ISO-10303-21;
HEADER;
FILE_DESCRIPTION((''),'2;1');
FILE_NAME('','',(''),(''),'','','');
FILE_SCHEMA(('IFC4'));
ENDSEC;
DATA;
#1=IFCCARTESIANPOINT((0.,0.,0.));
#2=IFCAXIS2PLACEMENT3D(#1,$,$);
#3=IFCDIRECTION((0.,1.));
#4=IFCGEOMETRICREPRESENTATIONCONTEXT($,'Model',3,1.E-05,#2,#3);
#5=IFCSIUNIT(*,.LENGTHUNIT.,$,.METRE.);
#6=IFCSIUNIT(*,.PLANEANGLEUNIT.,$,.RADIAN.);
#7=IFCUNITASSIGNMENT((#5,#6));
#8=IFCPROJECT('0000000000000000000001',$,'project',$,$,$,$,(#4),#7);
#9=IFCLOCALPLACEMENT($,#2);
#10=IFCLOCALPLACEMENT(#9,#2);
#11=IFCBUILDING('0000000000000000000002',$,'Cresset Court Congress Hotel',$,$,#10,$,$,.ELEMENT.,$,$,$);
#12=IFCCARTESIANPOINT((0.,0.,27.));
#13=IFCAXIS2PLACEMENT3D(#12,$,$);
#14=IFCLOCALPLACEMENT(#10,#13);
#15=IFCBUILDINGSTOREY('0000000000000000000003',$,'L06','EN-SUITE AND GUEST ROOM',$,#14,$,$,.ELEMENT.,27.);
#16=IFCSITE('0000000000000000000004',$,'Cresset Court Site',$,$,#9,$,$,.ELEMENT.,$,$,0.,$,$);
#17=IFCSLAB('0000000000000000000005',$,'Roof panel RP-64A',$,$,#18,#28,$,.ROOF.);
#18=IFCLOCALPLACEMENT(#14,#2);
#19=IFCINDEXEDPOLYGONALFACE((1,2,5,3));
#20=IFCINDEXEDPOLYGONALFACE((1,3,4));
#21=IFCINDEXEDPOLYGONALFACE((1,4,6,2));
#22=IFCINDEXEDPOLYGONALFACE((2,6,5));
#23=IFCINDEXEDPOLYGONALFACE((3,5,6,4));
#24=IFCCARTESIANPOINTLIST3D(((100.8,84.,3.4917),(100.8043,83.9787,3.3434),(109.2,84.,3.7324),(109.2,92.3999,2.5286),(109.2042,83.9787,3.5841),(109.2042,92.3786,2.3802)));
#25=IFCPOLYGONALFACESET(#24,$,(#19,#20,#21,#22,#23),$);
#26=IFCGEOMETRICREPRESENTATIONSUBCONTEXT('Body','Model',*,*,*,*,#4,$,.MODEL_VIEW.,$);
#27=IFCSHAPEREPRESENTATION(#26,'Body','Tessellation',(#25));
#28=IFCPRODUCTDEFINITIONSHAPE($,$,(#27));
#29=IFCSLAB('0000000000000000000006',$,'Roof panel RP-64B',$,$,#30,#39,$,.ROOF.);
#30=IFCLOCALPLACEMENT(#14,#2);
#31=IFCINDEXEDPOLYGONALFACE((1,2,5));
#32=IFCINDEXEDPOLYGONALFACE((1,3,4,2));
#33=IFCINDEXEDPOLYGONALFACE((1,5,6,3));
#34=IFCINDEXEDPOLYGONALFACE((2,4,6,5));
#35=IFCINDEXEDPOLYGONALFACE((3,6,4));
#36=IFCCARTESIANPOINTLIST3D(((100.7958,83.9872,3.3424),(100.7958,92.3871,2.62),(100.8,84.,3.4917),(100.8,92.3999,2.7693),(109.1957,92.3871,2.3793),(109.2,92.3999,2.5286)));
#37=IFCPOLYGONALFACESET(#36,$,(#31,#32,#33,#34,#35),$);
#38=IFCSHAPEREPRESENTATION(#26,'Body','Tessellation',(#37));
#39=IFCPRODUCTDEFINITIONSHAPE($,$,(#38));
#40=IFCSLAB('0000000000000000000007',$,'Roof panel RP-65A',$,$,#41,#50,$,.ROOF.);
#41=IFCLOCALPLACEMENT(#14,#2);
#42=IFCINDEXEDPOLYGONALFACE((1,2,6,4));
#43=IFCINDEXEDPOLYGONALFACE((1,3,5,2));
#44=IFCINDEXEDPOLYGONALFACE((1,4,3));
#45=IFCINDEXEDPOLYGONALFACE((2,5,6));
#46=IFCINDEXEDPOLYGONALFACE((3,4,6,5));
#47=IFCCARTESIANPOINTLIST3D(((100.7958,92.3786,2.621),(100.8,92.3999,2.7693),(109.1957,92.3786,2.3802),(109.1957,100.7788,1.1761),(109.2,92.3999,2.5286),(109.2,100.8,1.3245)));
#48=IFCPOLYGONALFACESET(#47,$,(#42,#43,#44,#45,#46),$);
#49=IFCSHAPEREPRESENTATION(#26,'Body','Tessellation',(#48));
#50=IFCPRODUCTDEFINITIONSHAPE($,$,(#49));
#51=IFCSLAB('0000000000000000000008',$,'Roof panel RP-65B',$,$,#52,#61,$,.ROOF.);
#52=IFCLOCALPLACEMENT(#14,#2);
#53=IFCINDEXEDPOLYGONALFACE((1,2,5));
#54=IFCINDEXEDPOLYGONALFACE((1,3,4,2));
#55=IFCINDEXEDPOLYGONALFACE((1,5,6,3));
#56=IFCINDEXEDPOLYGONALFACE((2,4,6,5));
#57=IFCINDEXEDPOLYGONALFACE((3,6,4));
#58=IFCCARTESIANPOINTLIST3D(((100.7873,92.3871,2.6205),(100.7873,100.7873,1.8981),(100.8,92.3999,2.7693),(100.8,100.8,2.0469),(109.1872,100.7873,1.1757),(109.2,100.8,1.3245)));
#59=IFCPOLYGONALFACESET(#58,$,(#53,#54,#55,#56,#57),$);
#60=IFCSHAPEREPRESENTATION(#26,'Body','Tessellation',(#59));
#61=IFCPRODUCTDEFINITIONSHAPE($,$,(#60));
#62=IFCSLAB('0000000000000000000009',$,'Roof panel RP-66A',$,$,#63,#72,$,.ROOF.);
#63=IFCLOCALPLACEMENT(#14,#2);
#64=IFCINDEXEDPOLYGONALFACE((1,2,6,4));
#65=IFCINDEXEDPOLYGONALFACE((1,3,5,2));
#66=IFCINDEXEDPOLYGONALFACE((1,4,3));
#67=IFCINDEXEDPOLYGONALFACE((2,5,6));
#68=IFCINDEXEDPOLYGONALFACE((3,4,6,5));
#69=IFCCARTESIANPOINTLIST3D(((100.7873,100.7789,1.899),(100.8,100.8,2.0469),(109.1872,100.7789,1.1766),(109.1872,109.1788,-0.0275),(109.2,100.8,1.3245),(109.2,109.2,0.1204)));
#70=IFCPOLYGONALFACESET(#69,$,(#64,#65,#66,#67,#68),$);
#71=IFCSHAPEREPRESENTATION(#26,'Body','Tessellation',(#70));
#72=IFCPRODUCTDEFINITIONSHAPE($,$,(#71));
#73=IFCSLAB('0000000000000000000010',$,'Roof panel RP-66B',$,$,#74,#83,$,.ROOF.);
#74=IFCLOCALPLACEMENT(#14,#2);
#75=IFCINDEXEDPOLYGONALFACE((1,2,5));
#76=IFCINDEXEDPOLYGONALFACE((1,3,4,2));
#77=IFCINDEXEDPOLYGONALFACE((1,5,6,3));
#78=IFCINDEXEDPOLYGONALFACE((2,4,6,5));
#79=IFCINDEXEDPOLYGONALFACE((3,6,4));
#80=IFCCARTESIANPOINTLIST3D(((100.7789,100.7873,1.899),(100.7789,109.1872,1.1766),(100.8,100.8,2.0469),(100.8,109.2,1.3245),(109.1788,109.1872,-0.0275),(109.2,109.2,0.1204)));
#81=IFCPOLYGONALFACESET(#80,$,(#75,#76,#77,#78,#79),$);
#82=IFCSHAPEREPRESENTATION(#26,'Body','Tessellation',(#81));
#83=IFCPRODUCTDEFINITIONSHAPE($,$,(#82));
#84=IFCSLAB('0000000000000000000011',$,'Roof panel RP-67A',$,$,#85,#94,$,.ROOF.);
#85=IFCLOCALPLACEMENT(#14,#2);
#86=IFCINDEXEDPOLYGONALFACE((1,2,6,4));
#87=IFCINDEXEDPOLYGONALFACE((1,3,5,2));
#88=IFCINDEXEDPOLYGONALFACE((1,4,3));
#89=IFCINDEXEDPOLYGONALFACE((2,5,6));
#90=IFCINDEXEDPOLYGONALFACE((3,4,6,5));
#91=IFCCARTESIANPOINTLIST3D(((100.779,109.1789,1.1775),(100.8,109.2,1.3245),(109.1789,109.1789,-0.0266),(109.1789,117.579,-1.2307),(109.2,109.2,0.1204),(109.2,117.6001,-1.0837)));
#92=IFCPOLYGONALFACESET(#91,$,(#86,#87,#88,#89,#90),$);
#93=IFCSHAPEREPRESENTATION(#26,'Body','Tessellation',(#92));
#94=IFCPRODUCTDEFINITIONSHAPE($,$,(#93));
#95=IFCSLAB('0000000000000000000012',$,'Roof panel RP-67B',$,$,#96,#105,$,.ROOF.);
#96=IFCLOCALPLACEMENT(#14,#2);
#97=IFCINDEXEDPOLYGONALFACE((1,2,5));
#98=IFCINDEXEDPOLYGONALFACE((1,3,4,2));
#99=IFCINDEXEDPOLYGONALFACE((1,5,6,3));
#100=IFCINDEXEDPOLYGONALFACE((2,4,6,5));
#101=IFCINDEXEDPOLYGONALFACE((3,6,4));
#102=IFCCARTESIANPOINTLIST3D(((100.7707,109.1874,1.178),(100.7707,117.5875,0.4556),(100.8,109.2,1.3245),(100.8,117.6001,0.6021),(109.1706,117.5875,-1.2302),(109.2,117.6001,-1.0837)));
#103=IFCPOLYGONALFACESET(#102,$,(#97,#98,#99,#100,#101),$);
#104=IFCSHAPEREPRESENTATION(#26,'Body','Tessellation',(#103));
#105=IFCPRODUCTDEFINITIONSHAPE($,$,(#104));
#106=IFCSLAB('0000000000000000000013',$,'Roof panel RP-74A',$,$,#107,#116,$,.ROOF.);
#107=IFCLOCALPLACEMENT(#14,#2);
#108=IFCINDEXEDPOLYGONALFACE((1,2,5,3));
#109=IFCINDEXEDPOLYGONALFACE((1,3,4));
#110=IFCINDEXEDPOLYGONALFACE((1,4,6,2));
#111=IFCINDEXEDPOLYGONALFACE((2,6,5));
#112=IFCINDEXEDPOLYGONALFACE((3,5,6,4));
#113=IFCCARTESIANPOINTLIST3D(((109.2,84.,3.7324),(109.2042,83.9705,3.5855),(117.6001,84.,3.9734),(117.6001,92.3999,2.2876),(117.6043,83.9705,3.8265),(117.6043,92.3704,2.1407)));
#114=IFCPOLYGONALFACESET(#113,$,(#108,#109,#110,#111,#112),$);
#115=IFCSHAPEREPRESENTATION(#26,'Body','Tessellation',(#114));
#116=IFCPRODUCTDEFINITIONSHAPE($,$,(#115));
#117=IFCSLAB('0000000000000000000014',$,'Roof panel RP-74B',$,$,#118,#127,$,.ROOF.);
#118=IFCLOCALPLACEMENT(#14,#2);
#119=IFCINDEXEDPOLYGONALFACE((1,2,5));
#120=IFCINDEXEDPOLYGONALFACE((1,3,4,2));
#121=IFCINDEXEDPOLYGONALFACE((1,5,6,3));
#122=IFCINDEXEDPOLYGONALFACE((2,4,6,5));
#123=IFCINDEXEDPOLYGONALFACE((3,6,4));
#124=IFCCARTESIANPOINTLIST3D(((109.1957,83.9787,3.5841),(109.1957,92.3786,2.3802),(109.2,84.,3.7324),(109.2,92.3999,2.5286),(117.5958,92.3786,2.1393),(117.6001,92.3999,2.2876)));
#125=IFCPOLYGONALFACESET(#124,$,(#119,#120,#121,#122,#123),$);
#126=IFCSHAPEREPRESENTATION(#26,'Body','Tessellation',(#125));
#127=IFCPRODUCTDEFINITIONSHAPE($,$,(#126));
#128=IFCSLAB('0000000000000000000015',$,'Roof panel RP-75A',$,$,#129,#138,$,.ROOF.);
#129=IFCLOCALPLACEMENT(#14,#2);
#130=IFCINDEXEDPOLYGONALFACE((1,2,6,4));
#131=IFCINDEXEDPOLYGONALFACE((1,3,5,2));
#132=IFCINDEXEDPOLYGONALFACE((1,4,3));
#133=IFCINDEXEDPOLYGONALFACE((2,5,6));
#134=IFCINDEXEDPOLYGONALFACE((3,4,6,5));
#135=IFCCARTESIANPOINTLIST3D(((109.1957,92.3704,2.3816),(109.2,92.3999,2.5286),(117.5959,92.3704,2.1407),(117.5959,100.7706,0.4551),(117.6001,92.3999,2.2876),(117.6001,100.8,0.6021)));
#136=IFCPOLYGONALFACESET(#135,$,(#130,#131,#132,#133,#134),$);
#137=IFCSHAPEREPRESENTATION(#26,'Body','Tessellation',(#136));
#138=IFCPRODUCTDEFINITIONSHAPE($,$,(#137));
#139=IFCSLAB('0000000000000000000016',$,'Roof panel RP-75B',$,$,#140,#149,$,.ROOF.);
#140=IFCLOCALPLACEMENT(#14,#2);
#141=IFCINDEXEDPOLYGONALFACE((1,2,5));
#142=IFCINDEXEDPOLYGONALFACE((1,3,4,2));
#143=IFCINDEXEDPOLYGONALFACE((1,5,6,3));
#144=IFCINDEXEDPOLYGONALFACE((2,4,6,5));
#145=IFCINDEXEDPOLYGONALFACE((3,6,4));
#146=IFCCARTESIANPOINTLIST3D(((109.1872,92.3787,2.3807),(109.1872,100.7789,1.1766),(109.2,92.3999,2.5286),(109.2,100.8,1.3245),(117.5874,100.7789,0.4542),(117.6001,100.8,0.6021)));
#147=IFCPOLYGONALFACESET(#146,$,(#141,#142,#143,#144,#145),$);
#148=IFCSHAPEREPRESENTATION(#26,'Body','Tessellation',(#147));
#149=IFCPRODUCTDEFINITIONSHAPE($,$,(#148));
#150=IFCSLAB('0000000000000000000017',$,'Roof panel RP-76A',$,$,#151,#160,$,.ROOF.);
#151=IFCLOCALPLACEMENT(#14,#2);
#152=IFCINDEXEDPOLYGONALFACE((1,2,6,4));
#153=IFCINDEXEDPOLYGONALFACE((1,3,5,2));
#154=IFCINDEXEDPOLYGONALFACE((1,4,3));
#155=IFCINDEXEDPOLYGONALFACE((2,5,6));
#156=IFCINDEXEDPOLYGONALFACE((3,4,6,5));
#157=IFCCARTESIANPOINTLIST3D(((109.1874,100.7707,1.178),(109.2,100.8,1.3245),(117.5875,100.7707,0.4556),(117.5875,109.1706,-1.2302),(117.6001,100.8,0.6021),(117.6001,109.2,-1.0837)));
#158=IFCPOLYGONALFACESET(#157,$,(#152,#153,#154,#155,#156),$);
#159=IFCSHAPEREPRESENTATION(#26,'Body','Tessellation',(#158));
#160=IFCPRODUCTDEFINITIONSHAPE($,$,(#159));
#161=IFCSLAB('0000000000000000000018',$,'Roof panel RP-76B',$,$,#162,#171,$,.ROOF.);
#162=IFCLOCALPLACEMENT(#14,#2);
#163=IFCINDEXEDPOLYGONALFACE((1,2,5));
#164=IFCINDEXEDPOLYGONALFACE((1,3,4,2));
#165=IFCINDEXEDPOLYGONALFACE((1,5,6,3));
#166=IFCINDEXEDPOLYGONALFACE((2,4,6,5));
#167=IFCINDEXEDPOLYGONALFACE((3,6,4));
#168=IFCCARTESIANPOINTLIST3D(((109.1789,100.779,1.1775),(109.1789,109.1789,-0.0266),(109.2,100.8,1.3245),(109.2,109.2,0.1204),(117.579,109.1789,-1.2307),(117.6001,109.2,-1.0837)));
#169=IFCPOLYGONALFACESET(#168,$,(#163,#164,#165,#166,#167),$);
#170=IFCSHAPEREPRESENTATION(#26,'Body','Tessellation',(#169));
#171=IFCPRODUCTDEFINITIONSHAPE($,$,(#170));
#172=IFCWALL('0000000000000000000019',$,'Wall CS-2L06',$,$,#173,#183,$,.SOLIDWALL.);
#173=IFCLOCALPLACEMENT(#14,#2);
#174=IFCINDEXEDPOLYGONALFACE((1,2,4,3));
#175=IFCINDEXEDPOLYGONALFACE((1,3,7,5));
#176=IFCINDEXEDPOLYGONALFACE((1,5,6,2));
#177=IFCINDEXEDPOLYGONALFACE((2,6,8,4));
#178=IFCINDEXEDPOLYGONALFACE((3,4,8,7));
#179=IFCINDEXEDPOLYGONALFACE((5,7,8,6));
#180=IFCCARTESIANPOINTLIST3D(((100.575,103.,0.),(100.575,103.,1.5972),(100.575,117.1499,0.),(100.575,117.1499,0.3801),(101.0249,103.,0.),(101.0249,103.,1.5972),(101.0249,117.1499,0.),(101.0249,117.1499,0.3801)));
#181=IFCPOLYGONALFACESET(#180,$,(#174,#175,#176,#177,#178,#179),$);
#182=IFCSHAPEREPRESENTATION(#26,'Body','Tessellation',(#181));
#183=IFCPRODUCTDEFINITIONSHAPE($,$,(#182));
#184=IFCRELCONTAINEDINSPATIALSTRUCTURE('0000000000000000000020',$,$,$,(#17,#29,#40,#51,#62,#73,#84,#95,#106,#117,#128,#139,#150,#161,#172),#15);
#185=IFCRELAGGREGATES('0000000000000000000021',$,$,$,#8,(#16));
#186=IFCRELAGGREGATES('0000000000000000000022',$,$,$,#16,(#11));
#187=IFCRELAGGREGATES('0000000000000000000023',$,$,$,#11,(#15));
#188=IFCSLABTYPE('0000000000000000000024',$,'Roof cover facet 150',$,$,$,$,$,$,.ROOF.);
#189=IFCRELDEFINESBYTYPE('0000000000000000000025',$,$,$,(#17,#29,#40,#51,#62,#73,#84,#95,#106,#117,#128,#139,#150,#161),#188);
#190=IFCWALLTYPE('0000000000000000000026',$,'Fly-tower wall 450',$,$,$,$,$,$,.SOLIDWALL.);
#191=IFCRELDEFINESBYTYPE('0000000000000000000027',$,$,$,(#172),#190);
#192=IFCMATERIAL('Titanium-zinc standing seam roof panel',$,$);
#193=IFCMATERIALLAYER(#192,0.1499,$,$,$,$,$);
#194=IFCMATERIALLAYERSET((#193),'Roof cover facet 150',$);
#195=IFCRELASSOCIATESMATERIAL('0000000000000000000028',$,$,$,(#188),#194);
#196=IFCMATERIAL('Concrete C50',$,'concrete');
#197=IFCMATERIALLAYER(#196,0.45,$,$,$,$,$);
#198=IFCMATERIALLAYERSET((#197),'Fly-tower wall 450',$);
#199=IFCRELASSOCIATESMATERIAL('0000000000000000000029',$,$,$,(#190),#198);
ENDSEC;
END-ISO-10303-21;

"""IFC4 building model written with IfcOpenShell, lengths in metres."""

from ifc_helpers import new_model, si_unit, direction, frame, origin, place, context, subcontext, project, spatial, polyline, outline, extrude, material, layer, layer_set, type_object, element, save


model = new_model("IFC4")

# Units and contexts
model_context = context("Model", 3, precision=1e-05, world=origin(), true_north=direction((0.0, 1.0)))
body_context = subcontext(model_context, "Body", "Model", "MODEL_VIEW")
ifc_project = project(units=[si_unit("LENGTHUNIT", "METRE"), si_unit("PLANEANGLEUNIT", "RADIAN")], contexts=[model_context])

# Site, building, storey
site_placement = place(None, origin())
site = spatial("IfcSite", under=ifc_project, at=site_placement, Name="Cresset Court Site", CompositionType="ELEMENT", RefElevation=0.0)
building_placement = place(site_placement, origin())
building = spatial("IfcBuilding", under=site, at=building_placement, Name="Cresset Court Congress Hotel", CompositionType="ELEMENT")
storey_placement = place(building_placement, frame((0.0, 0.0, 27.0)))
storey = spatial("IfcBuildingStorey", under=building, at=storey_placement, Name="L06", Description="EN-SUITE AND GUEST ROOM", CompositionType="ELEMENT", Elevation=27.0)

# Slabs
ifc_material_1 = material(Name="Titanium-zinc standing seam roof panel")
ifc_layer_1 = layer(ifc_material_1, 0.1499)
ifc_layer_set_1 = layer_set([ifc_layer_1], Name="Roof cover facet 150")
slab_type = type_object("IfcSlabType", Name="Roof cover facet 150", PredefinedType="ROOF", material=ifc_layer_set_1)
slab_1_placement = place(storey_placement, frame((100.8, 84.0, 3.4917), z_axis=(-0.028357, 0.141811, 0.989487), x_axis=(0.99959, 0.0, 0.028646)))
element("IfcSlab", 1, at=slab_1_placement, inside=storey, type_object=slab_type, Name="Roof panel RP-64A", PredefinedType="ROOF", context=body_context, shape_type="SweptSolid", body=[
    extrude(outline(polyline([(0.0, 0.0), (8.4034, 0.0), (8.3689, 8.4857), (0.0, 0.0)])), origin(), (0.0, 0.0, -1.0), 0.1499),
])
slab_2_placement = place(storey_placement, frame((100.8, 84.0, 3.4917), z_axis=(0.028541, 0.085651, 0.995916), x_axis=(0.704794, 0.704794, -0.080812)))
element("IfcSlab", 2, at=slab_2_placement, inside=storey, type_object=slab_type, Name="Roof panel RP-64B", PredefinedType="ROOF", context=body_context, shape_type="SweptSolid", body=[
    extrude(outline(polyline([(0.0, 0.0), (11.9182, 0.0), (5.9786, 5.9445), (0.0, 0.0)])), origin(), (0.0, 0.0, -1.0), 0.1499),
])
slab_3_placement = place(storey_placement, frame((100.8, 92.3999, 2.7693), z_axis=(0.028356, 0.141836, 0.989484), x_axis=(0.99959, 0.0, -0.028646)))
element("IfcSlab", 3, at=slab_3_placement, inside=storey, type_object=slab_type, Name="Roof panel RP-65A", PredefinedType="ROOF", context=body_context, shape_type="SweptSolid", body=[
    extrude(outline(polyline([(0.0, 0.0), (8.4034, 0.0), (8.4378, 8.4859), (0.0, 0.0)])), origin(), (0.0, 0.0, -1.0), 0.1499),
])
slab_4_placement = place(storey_placement, frame((100.8, 92.3999, 2.7693), z_axis=(0.085373, 0.085371, 0.992685), x_axis=(0.701924, 0.701944, -0.120734)))
element("IfcSlab", 4, at=slab_4_placement, inside=storey, type_object=slab_type, Name="Roof panel RP-65B", PredefinedType="ROOF", context=body_context, shape_type="SweptSolid", body=[
    extrude(outline(polyline([(0.0, 0.0), (11.967, 0.0), (5.9837, 5.9397), (0.0, 0.0)])), origin(), (0.0, 0.0, -1.0), 0.1499),
])
slab_5_placement = place(storey_placement, frame((100.8, 100.8, 2.0469), z_axis=(0.084825, 0.141385, 0.986314), x_axis=(0.996322, 0.0, -0.085686)))
element("IfcSlab", 5, at=slab_5_placement, inside=storey, type_object=slab_type, Name="Roof panel RP-66A", PredefinedType="ROOF", context=body_context, shape_type="SweptSolid", body=[
    extrude(outline(polyline([(0.0, 0.0), (8.4309, 0.0), (8.5341, 8.4851), (0.0, 0.0)])), origin(), (0.0, 0.0, -1.0), 0.1499),
])
slab_6_placement = place(storey_placement, frame((100.8, 100.8, 2.0469), z_axis=(0.141385, 0.084825, 0.986314), x_axis=(0.697988, 0.697988, -0.160083)))
element("IfcSlab", 6, at=slab_6_placement, inside=storey, type_object=slab_type, Name="Roof panel RP-66B", PredefinedType="ROOF", context=body_context, shape_type="SweptSolid", body=[
    extrude(outline(polyline([(0.0, 0.0), (12.0345, 0.0), (5.9787, 5.9444), (0.0, 0.0)])), origin(), (0.0, 0.0, -1.0), 0.1499),
])
slab_7_placement = place(storey_placement, frame((100.8, 109.2, 1.3245), z_axis=(0.140489, 0.140485, 0.980065), x_axis=(0.989881, 0.0, -0.141897)))
element("IfcSlab", 7, at=slab_7_placement, inside=storey, type_object=slab_type, Name="Roof panel RP-67A", PredefinedType="ROOF", context=body_context, shape_type="SweptSolid", body=[
    extrude(outline(polyline([(0.0, 0.0), (8.4858, 0.0), (8.6566, 8.4843), (0.0, 0.0)])), origin(), (0.0, 0.0, -1.0), 0.1499),
])
slab_8_placement = place(storey_placement, frame((100.8, 109.2, 1.3245), z_axis=(0.196072, 0.08402, 0.976983), x_axis=(0.693, 0.69302, -0.198679)))
element("IfcSlab", 8, at=slab_8_placement, inside=storey, type_object=slab_type, Name="Roof panel RP-67B", PredefinedType="ROOF", context=body_context, shape_type="SweptSolid", body=[
    extrude(outline(polyline([(0.0, 0.0), (12.1211, 0.0), (5.965, 5.9584), (0.0, 0.0)])), origin(), (0.0, 0.0, -1.0), 0.1499),
])
slab_9_placement = place(storey_placement, frame((109.2, 84.0, 3.7324), z_axis=(-0.028114, 0.19669, 0.980062), x_axis=(0.999589, 0.0, 0.028674)))
element("IfcSlab", 9, at=slab_9_placement, inside=storey, type_object=slab_type, Name="Roof panel RP-74A", PredefinedType="ROOF", context=body_context, shape_type="SweptSolid", body=[
    extrude(outline(polyline([(0.0, 0.0), (8.4036, 0.0), (8.3553, 8.5673), (0.0, 0.0)])), origin(), (0.0, 0.0, -1.0), 0.1499),
])
slab_10_placement = place(storey_placement, frame((109.2, 84.0, 3.7324), z_axis=(0.028384, 0.141811, 0.989487), x_axis=(0.701944, 0.701924, -0.120734)))
element("IfcSlab", 10, at=slab_10_placement, inside=storey, type_object=slab_type, Name="Roof panel RP-74B", PredefinedType="ROOF", context=body_context, shape_type="SweptSolid", body=[
    extrude(outline(polyline([(0.0, 0.0), (11.967, 0.0), (6.0414, 5.9589), (0.0, 0.0)])), origin(), (0.0, 0.0, -1.0), 0.1499),
])
slab_11_placement = place(storey_placement, frame((109.2, 92.3999, 2.5286), z_axis=(0.028114, 0.196658, 0.980069), x_axis=(0.999589, 0.0, -0.028674)))
element("IfcSlab", 11, at=slab_11_placement, inside=storey, type_object=slab_type, Name="Roof panel RP-75A", PredefinedType="ROOF", context=body_context, shape_type="SweptSolid", body=[
    extrude(outline(polyline([(0.0, 0.0), (8.4036, 0.0), (8.4519, 8.5674), (0.0, 0.0)])), origin(), (0.0, 0.0, -1.0), 0.1499),
])
slab_12_placement = place(storey_placement, frame((109.2, 92.3999, 2.5286), z_axis=(0.084823, 0.141381, 0.986315), x_axis=(0.697988, 0.697988, -0.160079)))
element("IfcSlab", 12, at=slab_12_placement, inside=storey, type_object=slab_type, Name="Roof panel RP-75B", PredefinedType="ROOF", context=body_context, shape_type="SweptSolid", body=[
    extrude(outline(polyline([(0.0, 0.0), (12.0348, 0.0), (6.056, 5.9446), (0.0, 0.0)])), origin(), (0.0, 0.0, -1.0), 0.1499),
])
slab_13_placement = place(storey_placement, frame((109.2, 100.8, 1.3245), z_axis=(0.08402, 0.196072, 0.976983), x_axis=(0.996322, 0.0, -0.085684)))
element("IfcSlab", 13, at=slab_13_placement, inside=storey, type_object=slab_type, Name="Roof panel RP-76A", PredefinedType="ROOF", context=body_context, shape_type="SweptSolid", body=[
    extrude(outline(polyline([(0.0, 0.0), (8.4312, 0.0), (8.5756, 8.5662), (0.0, 0.0)])), origin(), (0.0, 0.0, -1.0), 0.1499),
])
slab_14_placement = place(storey_placement, frame((109.2, 100.8, 1.3245), z_axis=(0.140485, 0.140489, 0.980065), x_axis=(0.69302, 0.693, -0.198679)))
element("IfcSlab", 14, at=slab_14_placement, inside=storey, type_object=slab_type, Name="Roof panel RP-76B", PredefinedType="ROOF", context=body_context, shape_type="SweptSolid", body=[
    extrude(outline(polyline([(0.0, 0.0), (12.1211, 0.0), (6.0604, 5.9397), (0.0, 0.0)])), origin(), (0.0, 0.0, -1.0), 0.1499),
])

# Wall
ifc_material_2 = material(Name="Concrete C50", Category="concrete")
ifc_layer_2 = layer(ifc_material_2, 0.45)
ifc_layer_set_2 = layer_set([ifc_layer_2], Name="Fly-tower wall 450")
wall_type_1 = type_object("IfcWallType", Name="Fly-tower wall 450", PredefinedType="SOLIDWALL", material=ifc_layer_set_2)
wall_1_placement = place(storey_placement, frame((100.8, 103.0, 0.0), z_axis=(0.0, 0.0, 1.0), x_axis=(0.0, 1.0, 0.0)))
element("IfcWall", 15, at=wall_1_placement, inside=storey, type_object=wall_type_1, Name="Wall CS-2L06", PredefinedType="SOLIDWALL", context=body_context, shape_type="SweptSolid", body=[
    extrude(outline(polyline([(0.0, 0.0), (14.1499, 0.0), (14.1499, 0.3801), (0.0, 1.5972), (0.0, 0.0)])), frame((0.0, 0.2251, 0.0), z_axis=(0.0, -1.0, 0.0), x_axis=(1.0, 0.0, 0.0)), (0.0, 0.0, 1.0), 0.45),
])

save(model, "model.ifc")
